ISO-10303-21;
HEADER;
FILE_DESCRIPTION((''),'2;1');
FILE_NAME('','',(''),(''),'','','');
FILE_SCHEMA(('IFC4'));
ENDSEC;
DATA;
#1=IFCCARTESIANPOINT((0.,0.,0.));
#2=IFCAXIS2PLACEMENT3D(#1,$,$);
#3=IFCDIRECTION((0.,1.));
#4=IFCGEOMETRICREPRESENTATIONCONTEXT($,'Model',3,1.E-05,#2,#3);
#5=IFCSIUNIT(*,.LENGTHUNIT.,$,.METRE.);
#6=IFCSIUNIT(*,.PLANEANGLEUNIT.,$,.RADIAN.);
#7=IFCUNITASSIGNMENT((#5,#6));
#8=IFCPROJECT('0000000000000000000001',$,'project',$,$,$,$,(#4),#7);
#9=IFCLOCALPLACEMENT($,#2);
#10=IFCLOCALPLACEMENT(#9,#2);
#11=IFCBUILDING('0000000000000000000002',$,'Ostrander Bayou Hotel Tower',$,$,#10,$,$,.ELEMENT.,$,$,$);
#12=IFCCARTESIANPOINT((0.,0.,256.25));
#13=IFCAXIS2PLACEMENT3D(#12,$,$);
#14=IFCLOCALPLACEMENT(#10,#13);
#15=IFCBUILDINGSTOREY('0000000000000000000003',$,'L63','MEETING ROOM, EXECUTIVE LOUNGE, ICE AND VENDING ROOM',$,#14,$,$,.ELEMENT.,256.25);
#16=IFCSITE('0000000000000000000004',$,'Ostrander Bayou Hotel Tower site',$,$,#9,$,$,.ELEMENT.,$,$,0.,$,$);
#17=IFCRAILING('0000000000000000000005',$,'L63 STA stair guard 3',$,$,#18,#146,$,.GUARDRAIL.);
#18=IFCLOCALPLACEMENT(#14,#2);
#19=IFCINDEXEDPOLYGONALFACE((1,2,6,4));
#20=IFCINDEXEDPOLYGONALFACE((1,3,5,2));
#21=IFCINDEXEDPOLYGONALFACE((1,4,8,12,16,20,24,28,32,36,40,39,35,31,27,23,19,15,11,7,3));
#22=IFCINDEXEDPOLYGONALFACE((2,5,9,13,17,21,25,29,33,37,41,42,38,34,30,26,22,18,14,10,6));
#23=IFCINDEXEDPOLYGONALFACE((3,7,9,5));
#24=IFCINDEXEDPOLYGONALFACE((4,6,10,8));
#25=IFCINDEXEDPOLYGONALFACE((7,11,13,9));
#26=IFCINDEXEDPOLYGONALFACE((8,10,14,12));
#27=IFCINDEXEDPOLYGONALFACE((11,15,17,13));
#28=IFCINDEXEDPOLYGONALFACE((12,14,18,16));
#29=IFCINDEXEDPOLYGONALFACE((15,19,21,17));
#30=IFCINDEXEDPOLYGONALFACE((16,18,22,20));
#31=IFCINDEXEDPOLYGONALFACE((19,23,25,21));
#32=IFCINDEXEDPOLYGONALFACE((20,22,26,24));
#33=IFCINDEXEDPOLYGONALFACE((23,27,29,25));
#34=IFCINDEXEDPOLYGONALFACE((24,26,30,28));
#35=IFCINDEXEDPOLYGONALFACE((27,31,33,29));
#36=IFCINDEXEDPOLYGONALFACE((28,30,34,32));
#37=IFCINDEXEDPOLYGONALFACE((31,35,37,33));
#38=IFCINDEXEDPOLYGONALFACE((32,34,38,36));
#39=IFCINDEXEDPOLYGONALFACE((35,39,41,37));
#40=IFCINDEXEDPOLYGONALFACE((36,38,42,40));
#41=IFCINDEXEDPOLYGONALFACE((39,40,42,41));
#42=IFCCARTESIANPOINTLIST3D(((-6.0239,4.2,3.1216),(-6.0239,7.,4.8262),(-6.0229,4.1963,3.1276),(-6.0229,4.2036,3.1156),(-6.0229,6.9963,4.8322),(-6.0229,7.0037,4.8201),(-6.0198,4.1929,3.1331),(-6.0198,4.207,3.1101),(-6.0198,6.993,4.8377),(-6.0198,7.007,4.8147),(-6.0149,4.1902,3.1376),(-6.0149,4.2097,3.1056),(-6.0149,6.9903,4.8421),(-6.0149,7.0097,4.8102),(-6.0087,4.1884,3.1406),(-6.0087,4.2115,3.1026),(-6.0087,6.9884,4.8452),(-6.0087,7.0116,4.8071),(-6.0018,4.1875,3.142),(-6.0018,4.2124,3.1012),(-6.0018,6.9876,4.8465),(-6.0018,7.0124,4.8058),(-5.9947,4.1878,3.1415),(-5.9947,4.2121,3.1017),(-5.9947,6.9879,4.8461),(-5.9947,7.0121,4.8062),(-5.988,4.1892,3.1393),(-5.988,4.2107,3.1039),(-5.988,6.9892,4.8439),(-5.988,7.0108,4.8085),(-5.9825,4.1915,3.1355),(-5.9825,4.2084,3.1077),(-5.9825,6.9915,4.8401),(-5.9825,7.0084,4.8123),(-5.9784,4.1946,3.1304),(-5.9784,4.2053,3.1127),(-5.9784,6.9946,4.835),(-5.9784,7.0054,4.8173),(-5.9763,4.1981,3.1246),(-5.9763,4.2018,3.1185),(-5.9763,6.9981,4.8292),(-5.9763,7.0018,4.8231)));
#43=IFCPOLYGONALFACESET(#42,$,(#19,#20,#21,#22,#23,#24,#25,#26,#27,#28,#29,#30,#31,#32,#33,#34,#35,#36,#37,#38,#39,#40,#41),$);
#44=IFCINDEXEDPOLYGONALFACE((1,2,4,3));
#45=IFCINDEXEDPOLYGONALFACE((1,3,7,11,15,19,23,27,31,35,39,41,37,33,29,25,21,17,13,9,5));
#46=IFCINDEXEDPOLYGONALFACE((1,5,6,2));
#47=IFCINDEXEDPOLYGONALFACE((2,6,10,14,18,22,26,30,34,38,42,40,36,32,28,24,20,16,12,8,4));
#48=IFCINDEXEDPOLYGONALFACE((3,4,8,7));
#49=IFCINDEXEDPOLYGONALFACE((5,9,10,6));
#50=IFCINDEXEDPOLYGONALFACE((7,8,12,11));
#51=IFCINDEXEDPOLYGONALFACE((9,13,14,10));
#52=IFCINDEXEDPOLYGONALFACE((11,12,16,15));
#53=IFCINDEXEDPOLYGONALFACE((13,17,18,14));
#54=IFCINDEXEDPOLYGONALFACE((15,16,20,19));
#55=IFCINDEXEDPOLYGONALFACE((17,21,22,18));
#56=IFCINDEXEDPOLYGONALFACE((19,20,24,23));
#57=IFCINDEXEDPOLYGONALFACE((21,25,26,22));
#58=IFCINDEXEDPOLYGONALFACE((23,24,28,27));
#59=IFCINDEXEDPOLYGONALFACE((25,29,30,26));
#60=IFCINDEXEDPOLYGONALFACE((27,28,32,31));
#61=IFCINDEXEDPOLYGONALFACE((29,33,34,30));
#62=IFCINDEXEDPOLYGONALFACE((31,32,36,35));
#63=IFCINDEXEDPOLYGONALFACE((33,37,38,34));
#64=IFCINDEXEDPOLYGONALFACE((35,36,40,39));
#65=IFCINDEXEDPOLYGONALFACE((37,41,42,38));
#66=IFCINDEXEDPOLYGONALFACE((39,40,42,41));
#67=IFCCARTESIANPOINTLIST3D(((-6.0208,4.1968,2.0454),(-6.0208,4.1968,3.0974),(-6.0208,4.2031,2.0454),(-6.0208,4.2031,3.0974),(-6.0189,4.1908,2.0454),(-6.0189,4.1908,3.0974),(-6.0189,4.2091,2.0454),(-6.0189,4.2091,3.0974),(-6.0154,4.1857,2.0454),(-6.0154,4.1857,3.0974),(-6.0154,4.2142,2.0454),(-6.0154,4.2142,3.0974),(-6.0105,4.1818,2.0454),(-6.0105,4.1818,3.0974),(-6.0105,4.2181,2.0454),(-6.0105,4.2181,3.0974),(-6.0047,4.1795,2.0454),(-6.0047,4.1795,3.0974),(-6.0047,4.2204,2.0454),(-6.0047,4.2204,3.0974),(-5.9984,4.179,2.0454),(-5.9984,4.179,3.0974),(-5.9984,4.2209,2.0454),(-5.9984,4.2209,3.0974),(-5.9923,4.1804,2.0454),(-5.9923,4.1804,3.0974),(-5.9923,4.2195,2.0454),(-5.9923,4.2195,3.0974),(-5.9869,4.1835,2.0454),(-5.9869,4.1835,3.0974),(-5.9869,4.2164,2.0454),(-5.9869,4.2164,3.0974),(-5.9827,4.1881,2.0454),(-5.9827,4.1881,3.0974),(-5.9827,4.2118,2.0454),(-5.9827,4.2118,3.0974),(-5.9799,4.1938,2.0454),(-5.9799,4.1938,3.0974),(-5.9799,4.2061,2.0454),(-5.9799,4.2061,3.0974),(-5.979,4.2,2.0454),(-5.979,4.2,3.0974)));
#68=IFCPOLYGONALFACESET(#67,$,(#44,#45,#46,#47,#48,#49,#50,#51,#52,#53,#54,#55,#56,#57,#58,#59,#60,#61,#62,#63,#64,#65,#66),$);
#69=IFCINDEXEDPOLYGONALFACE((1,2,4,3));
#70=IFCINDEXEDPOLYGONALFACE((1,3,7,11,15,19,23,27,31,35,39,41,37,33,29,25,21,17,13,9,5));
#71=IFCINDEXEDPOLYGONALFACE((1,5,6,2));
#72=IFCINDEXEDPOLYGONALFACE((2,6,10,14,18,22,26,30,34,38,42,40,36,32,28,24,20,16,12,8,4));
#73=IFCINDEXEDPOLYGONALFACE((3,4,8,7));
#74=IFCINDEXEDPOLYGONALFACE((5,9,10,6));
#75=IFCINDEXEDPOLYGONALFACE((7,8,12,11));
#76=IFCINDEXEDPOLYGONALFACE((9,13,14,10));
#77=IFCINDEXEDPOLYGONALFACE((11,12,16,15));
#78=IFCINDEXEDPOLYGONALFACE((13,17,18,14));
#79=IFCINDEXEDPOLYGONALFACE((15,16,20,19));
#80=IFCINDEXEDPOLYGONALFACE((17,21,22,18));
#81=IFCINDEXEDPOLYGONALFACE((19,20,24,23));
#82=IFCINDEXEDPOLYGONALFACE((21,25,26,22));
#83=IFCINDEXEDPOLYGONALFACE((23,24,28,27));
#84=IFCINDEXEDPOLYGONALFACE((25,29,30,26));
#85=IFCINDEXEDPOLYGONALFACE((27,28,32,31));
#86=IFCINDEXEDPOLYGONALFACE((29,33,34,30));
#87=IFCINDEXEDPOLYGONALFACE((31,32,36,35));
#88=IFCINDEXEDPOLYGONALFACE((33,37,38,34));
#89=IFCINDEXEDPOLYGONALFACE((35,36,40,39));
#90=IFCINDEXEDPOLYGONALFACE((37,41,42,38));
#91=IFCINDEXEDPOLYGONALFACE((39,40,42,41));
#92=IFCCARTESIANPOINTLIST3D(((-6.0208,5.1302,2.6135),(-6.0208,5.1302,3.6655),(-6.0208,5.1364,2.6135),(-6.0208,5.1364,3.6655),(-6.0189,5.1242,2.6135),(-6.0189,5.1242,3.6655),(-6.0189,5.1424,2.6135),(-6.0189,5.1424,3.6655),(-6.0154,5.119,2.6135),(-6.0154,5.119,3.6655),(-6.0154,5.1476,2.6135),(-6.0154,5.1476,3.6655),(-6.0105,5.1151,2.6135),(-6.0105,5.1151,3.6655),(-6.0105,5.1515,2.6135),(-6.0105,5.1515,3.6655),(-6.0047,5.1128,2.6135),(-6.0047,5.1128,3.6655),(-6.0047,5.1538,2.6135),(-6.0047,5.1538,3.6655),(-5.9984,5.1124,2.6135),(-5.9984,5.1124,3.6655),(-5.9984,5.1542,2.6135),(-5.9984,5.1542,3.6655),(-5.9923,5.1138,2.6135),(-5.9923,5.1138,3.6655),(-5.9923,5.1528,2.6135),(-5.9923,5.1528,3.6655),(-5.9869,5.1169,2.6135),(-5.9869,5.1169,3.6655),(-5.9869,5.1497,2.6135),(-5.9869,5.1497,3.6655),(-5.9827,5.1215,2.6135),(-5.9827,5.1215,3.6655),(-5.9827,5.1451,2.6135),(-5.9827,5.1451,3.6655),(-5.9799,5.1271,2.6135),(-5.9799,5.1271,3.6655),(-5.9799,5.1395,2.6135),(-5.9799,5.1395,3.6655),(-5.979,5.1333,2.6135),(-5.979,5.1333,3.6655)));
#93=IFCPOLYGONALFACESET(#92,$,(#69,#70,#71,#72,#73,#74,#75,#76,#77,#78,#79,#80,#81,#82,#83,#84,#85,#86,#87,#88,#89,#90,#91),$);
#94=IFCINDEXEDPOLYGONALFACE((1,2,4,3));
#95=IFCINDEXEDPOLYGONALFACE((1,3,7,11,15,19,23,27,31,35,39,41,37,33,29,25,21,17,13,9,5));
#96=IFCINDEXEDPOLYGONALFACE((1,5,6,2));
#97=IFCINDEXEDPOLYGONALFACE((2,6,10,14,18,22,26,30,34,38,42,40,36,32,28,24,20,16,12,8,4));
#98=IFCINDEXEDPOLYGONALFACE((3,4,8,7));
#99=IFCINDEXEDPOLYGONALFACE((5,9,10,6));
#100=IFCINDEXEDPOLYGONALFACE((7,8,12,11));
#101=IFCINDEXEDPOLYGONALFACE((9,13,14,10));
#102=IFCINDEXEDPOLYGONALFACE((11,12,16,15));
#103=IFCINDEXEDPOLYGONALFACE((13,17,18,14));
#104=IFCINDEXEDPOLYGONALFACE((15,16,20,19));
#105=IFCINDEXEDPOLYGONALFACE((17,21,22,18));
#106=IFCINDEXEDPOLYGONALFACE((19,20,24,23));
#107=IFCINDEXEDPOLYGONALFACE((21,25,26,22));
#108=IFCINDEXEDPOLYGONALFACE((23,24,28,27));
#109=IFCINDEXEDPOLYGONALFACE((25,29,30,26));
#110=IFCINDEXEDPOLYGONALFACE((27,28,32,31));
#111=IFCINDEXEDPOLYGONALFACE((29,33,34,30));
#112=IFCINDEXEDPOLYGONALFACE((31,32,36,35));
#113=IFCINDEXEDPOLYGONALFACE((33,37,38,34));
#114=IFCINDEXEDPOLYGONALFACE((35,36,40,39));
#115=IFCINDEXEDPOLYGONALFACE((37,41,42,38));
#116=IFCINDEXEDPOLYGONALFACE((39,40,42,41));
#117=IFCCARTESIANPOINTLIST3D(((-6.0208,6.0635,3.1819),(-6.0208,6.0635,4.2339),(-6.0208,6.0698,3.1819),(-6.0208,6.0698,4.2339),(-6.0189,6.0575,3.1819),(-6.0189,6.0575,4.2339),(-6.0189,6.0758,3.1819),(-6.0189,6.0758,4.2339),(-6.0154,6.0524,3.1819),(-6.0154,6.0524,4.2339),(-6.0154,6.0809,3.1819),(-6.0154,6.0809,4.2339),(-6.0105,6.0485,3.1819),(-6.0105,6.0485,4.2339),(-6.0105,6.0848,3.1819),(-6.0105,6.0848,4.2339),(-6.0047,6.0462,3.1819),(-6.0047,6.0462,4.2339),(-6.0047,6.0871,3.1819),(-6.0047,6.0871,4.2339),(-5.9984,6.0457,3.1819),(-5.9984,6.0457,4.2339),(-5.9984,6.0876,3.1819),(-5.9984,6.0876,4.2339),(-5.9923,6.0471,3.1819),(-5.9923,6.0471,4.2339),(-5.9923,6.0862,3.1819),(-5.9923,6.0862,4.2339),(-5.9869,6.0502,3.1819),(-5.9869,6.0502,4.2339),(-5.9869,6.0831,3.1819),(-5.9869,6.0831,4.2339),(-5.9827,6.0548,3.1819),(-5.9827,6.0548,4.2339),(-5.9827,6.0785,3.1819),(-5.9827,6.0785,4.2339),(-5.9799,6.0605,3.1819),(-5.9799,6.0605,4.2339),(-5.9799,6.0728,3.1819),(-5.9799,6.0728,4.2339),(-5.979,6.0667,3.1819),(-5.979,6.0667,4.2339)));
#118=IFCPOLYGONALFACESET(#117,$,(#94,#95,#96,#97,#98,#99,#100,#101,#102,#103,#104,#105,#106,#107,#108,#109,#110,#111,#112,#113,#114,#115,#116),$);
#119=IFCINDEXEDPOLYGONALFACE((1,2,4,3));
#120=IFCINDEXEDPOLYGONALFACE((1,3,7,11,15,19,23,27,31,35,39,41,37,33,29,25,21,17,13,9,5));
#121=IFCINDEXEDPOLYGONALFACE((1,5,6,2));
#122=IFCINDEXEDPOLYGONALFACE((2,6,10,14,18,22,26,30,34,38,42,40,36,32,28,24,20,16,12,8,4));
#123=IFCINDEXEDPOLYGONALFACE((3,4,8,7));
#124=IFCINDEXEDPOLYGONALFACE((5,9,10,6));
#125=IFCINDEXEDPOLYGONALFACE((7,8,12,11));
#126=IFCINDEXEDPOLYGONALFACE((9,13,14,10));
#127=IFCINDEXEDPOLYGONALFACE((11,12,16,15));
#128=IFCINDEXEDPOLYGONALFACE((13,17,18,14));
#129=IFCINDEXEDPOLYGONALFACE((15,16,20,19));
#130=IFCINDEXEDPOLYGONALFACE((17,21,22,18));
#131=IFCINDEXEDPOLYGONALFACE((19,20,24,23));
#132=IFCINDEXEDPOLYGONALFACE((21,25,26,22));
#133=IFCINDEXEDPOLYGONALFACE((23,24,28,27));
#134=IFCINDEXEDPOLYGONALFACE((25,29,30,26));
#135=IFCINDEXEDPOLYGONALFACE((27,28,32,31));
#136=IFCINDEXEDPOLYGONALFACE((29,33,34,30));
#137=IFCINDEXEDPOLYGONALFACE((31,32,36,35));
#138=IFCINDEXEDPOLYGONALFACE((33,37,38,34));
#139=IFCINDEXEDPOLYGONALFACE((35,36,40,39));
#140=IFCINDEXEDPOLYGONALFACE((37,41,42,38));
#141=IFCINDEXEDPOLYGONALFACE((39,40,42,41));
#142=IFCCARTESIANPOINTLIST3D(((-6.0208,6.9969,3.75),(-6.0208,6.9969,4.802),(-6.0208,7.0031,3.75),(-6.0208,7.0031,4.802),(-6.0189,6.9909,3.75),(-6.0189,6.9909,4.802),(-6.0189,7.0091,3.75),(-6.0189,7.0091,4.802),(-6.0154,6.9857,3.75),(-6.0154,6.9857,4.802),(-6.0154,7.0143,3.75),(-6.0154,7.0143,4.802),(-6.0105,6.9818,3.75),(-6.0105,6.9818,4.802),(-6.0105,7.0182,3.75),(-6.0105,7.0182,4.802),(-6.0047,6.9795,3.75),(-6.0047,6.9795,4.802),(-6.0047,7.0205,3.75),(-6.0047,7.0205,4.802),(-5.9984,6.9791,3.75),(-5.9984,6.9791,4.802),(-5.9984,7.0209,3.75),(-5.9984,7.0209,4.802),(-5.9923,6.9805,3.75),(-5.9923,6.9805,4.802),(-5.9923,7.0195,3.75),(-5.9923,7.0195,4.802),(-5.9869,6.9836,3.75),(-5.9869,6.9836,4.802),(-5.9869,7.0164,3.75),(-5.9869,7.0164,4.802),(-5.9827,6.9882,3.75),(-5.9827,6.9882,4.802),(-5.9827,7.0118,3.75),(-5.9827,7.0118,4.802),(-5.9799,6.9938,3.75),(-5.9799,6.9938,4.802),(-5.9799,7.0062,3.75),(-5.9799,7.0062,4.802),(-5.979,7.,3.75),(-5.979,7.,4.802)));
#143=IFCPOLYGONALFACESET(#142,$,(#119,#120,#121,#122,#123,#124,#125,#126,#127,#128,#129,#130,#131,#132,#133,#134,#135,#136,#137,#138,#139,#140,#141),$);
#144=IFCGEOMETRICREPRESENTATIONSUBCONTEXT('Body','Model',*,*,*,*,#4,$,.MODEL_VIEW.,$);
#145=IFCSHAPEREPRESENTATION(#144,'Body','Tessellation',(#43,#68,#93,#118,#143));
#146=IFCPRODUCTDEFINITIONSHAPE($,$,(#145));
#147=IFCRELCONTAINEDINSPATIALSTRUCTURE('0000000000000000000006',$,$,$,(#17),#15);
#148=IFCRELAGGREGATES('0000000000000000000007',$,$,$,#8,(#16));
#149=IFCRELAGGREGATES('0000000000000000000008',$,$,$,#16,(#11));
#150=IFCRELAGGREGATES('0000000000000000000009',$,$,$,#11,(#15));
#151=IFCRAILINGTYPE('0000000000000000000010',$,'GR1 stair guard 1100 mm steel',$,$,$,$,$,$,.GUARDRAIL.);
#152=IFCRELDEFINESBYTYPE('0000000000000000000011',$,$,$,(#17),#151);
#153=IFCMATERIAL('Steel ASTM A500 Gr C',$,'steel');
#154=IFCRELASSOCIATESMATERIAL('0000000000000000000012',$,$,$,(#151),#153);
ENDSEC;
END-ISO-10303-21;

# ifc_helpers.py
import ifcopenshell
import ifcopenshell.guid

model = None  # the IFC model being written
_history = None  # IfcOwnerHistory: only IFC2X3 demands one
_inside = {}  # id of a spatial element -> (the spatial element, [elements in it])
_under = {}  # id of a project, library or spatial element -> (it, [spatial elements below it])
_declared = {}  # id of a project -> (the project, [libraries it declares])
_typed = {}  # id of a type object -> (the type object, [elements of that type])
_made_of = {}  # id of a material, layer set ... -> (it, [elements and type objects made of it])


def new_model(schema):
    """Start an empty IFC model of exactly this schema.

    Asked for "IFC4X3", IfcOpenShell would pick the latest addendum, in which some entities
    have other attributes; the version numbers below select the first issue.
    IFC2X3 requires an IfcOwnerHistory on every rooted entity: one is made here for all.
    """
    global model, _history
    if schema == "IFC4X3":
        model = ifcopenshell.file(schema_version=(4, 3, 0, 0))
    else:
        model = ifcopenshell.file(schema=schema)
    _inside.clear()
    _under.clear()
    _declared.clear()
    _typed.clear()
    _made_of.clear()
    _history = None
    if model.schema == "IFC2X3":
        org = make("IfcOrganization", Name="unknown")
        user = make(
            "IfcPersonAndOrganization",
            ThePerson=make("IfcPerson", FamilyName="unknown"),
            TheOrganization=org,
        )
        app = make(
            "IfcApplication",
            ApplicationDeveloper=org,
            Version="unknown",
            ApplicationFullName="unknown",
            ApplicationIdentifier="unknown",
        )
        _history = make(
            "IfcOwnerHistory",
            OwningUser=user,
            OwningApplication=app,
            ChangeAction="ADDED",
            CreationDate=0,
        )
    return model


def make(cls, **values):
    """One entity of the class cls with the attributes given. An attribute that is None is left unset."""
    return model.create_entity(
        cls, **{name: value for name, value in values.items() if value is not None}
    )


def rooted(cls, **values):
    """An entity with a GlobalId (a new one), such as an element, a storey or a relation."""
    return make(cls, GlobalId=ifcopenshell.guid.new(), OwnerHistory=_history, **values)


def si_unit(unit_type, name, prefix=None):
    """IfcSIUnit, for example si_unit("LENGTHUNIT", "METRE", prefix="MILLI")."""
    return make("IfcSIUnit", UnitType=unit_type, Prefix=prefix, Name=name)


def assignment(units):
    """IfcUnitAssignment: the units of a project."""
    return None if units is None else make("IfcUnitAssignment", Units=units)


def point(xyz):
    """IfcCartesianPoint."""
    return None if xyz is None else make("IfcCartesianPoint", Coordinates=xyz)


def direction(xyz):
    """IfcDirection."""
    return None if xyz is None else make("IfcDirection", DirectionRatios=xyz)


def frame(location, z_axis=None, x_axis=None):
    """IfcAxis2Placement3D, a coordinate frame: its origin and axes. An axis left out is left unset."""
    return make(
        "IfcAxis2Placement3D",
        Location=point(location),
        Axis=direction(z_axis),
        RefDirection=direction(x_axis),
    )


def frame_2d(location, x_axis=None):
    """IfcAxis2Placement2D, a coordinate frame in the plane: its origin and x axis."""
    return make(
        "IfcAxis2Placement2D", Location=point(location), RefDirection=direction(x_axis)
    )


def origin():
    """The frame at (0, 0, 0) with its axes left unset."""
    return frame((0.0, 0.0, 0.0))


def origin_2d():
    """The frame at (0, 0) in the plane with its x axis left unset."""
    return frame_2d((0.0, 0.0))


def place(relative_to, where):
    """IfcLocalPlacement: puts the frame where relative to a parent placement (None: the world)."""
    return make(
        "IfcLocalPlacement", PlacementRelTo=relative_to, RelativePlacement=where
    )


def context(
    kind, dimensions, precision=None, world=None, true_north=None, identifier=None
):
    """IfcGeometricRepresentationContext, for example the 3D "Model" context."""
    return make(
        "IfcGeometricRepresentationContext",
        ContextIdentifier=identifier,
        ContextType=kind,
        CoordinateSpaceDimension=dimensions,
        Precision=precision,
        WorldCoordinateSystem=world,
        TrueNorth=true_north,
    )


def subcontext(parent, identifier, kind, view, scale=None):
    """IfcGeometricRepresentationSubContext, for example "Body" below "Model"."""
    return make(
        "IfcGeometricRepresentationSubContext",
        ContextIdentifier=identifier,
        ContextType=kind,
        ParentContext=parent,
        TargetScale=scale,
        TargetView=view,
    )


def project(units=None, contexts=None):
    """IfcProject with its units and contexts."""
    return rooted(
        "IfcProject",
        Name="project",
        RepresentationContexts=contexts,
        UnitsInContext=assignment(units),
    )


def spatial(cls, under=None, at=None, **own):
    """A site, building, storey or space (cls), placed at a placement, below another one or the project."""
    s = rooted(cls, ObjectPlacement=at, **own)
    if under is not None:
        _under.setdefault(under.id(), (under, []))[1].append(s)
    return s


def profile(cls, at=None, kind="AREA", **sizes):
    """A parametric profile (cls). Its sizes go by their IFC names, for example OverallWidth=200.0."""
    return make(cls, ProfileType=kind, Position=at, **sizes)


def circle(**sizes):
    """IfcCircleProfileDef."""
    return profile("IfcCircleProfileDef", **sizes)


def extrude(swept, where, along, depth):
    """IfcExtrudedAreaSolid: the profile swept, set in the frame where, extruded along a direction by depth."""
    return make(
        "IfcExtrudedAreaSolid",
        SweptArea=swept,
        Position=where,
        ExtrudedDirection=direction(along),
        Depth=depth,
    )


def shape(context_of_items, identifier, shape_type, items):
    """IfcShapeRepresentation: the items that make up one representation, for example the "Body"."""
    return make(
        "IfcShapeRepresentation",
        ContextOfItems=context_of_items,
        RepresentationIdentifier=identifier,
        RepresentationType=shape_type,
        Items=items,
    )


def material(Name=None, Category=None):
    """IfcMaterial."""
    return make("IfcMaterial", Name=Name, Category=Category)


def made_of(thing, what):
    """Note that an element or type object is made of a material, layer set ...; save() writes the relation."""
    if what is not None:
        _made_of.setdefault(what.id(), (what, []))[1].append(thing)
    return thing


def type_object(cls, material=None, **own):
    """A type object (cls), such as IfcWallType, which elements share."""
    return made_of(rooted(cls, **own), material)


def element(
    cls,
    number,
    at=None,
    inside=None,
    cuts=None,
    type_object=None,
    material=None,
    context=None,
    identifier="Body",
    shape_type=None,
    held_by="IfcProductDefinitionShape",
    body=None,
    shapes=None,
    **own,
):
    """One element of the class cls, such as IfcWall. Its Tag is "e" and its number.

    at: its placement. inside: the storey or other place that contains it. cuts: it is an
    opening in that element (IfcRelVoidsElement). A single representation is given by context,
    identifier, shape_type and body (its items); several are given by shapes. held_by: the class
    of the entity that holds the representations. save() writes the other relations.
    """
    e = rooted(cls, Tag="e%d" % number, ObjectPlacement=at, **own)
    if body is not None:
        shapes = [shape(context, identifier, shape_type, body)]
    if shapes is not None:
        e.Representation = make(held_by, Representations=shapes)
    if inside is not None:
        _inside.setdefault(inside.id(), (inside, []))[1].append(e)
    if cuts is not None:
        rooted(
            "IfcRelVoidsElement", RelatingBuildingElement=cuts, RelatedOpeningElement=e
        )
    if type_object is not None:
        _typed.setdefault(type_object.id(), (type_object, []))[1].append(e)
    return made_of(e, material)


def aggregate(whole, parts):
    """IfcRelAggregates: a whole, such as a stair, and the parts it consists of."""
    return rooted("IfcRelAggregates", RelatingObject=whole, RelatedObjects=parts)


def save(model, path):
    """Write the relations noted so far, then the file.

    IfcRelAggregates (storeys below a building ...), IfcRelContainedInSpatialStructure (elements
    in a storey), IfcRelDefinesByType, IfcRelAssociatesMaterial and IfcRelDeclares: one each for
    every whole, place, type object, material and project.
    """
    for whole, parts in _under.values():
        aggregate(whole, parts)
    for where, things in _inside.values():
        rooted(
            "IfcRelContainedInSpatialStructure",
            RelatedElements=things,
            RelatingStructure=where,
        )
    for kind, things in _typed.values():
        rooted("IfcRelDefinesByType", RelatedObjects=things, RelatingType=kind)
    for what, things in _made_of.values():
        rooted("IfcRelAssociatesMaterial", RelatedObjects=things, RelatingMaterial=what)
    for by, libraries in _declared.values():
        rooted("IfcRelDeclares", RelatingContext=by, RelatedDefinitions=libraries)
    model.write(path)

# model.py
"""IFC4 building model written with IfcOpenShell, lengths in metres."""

from ifc_helpers import new_model, si_unit, direction, frame, origin, origin_2d, place, context, subcontext, project, spatial, circle, extrude, material, type_object, element, save


model = new_model("IFC4")

# Units and contexts
model_context = context("Model", 3, precision=1e-05, world=origin(), true_north=direction((0.0, 1.0)))
body_context = subcontext(model_context, "Body", "Model", "MODEL_VIEW")
ifc_project = project(units=[si_unit("LENGTHUNIT", "METRE"), si_unit("PLANEANGLEUNIT", "RADIAN")], contexts=[model_context])

# Site, building, storey
site_placement = place(None, origin())
site = spatial("IfcSite", under=ifc_project, at=site_placement, Name="Ostrander Bayou Hotel Tower site", CompositionType="ELEMENT", RefElevation=0.0)
building_placement = place(site_placement, origin())
building = spatial("IfcBuilding", under=site, at=building_placement, Name="Ostrander Bayou Hotel Tower", CompositionType="ELEMENT")
storey_placement = place(building_placement, frame((0.0, 0.0, 256.25)))
storey = spatial("IfcBuildingStorey", under=building, at=storey_placement, Name="L63", Description="MEETING ROOM, EXECUTIVE LOUNGE, ICE AND VENDING ROOM", CompositionType="ELEMENT", Elevation=256.25)

# Railing
ifc_material_1 = material(Name="Steel ASTM A500 Gr C", Category="steel")
railing_type = type_object("IfcRailingType", Name="GR1 stair guard 1100 mm steel", PredefinedType="GUARDRAIL", material=ifc_material_1)
railing_1_placement = place(storey_placement, frame((-6.0, 4.2, 2.0454)))
element("IfcRailing", 1, at=railing_1_placement, inside=storey, type_object=railing_type, Name="L63 STA stair guard 3", PredefinedType="GUARDRAIL", context=body_context, shape_type="SweptSolid", body=[
    extrude(circle(Radius=0.0239, at=origin_2d()), frame((0.0, 0.0, 1.0762), z_axis=(0.0, 0.85417, 0.519994), x_axis=(-1.0, 0.0, 0.0)), (0.0, 0.0, 1.0), 3.2781),
    extrude(circle(Radius=0.021, at=origin_2d()), origin(), (0.0, 0.0, 1.0), 1.052),
    extrude(circle(Radius=0.021, at=origin_2d()), frame((0.0, 0.9333, 0.5681)), (0.0, 0.0, 1.0), 1.052),
    extrude(circle(Radius=0.021, at=origin_2d()), frame((0.0, 1.8667, 1.1365)), (0.0, 0.0, 1.0), 1.052),
    extrude(circle(Radius=0.021, at=origin_2d()), frame((0.0, 2.8, 1.7046)), (0.0, 0.0, 1.0), 1.052),
])

save(model, "model.ifc")
